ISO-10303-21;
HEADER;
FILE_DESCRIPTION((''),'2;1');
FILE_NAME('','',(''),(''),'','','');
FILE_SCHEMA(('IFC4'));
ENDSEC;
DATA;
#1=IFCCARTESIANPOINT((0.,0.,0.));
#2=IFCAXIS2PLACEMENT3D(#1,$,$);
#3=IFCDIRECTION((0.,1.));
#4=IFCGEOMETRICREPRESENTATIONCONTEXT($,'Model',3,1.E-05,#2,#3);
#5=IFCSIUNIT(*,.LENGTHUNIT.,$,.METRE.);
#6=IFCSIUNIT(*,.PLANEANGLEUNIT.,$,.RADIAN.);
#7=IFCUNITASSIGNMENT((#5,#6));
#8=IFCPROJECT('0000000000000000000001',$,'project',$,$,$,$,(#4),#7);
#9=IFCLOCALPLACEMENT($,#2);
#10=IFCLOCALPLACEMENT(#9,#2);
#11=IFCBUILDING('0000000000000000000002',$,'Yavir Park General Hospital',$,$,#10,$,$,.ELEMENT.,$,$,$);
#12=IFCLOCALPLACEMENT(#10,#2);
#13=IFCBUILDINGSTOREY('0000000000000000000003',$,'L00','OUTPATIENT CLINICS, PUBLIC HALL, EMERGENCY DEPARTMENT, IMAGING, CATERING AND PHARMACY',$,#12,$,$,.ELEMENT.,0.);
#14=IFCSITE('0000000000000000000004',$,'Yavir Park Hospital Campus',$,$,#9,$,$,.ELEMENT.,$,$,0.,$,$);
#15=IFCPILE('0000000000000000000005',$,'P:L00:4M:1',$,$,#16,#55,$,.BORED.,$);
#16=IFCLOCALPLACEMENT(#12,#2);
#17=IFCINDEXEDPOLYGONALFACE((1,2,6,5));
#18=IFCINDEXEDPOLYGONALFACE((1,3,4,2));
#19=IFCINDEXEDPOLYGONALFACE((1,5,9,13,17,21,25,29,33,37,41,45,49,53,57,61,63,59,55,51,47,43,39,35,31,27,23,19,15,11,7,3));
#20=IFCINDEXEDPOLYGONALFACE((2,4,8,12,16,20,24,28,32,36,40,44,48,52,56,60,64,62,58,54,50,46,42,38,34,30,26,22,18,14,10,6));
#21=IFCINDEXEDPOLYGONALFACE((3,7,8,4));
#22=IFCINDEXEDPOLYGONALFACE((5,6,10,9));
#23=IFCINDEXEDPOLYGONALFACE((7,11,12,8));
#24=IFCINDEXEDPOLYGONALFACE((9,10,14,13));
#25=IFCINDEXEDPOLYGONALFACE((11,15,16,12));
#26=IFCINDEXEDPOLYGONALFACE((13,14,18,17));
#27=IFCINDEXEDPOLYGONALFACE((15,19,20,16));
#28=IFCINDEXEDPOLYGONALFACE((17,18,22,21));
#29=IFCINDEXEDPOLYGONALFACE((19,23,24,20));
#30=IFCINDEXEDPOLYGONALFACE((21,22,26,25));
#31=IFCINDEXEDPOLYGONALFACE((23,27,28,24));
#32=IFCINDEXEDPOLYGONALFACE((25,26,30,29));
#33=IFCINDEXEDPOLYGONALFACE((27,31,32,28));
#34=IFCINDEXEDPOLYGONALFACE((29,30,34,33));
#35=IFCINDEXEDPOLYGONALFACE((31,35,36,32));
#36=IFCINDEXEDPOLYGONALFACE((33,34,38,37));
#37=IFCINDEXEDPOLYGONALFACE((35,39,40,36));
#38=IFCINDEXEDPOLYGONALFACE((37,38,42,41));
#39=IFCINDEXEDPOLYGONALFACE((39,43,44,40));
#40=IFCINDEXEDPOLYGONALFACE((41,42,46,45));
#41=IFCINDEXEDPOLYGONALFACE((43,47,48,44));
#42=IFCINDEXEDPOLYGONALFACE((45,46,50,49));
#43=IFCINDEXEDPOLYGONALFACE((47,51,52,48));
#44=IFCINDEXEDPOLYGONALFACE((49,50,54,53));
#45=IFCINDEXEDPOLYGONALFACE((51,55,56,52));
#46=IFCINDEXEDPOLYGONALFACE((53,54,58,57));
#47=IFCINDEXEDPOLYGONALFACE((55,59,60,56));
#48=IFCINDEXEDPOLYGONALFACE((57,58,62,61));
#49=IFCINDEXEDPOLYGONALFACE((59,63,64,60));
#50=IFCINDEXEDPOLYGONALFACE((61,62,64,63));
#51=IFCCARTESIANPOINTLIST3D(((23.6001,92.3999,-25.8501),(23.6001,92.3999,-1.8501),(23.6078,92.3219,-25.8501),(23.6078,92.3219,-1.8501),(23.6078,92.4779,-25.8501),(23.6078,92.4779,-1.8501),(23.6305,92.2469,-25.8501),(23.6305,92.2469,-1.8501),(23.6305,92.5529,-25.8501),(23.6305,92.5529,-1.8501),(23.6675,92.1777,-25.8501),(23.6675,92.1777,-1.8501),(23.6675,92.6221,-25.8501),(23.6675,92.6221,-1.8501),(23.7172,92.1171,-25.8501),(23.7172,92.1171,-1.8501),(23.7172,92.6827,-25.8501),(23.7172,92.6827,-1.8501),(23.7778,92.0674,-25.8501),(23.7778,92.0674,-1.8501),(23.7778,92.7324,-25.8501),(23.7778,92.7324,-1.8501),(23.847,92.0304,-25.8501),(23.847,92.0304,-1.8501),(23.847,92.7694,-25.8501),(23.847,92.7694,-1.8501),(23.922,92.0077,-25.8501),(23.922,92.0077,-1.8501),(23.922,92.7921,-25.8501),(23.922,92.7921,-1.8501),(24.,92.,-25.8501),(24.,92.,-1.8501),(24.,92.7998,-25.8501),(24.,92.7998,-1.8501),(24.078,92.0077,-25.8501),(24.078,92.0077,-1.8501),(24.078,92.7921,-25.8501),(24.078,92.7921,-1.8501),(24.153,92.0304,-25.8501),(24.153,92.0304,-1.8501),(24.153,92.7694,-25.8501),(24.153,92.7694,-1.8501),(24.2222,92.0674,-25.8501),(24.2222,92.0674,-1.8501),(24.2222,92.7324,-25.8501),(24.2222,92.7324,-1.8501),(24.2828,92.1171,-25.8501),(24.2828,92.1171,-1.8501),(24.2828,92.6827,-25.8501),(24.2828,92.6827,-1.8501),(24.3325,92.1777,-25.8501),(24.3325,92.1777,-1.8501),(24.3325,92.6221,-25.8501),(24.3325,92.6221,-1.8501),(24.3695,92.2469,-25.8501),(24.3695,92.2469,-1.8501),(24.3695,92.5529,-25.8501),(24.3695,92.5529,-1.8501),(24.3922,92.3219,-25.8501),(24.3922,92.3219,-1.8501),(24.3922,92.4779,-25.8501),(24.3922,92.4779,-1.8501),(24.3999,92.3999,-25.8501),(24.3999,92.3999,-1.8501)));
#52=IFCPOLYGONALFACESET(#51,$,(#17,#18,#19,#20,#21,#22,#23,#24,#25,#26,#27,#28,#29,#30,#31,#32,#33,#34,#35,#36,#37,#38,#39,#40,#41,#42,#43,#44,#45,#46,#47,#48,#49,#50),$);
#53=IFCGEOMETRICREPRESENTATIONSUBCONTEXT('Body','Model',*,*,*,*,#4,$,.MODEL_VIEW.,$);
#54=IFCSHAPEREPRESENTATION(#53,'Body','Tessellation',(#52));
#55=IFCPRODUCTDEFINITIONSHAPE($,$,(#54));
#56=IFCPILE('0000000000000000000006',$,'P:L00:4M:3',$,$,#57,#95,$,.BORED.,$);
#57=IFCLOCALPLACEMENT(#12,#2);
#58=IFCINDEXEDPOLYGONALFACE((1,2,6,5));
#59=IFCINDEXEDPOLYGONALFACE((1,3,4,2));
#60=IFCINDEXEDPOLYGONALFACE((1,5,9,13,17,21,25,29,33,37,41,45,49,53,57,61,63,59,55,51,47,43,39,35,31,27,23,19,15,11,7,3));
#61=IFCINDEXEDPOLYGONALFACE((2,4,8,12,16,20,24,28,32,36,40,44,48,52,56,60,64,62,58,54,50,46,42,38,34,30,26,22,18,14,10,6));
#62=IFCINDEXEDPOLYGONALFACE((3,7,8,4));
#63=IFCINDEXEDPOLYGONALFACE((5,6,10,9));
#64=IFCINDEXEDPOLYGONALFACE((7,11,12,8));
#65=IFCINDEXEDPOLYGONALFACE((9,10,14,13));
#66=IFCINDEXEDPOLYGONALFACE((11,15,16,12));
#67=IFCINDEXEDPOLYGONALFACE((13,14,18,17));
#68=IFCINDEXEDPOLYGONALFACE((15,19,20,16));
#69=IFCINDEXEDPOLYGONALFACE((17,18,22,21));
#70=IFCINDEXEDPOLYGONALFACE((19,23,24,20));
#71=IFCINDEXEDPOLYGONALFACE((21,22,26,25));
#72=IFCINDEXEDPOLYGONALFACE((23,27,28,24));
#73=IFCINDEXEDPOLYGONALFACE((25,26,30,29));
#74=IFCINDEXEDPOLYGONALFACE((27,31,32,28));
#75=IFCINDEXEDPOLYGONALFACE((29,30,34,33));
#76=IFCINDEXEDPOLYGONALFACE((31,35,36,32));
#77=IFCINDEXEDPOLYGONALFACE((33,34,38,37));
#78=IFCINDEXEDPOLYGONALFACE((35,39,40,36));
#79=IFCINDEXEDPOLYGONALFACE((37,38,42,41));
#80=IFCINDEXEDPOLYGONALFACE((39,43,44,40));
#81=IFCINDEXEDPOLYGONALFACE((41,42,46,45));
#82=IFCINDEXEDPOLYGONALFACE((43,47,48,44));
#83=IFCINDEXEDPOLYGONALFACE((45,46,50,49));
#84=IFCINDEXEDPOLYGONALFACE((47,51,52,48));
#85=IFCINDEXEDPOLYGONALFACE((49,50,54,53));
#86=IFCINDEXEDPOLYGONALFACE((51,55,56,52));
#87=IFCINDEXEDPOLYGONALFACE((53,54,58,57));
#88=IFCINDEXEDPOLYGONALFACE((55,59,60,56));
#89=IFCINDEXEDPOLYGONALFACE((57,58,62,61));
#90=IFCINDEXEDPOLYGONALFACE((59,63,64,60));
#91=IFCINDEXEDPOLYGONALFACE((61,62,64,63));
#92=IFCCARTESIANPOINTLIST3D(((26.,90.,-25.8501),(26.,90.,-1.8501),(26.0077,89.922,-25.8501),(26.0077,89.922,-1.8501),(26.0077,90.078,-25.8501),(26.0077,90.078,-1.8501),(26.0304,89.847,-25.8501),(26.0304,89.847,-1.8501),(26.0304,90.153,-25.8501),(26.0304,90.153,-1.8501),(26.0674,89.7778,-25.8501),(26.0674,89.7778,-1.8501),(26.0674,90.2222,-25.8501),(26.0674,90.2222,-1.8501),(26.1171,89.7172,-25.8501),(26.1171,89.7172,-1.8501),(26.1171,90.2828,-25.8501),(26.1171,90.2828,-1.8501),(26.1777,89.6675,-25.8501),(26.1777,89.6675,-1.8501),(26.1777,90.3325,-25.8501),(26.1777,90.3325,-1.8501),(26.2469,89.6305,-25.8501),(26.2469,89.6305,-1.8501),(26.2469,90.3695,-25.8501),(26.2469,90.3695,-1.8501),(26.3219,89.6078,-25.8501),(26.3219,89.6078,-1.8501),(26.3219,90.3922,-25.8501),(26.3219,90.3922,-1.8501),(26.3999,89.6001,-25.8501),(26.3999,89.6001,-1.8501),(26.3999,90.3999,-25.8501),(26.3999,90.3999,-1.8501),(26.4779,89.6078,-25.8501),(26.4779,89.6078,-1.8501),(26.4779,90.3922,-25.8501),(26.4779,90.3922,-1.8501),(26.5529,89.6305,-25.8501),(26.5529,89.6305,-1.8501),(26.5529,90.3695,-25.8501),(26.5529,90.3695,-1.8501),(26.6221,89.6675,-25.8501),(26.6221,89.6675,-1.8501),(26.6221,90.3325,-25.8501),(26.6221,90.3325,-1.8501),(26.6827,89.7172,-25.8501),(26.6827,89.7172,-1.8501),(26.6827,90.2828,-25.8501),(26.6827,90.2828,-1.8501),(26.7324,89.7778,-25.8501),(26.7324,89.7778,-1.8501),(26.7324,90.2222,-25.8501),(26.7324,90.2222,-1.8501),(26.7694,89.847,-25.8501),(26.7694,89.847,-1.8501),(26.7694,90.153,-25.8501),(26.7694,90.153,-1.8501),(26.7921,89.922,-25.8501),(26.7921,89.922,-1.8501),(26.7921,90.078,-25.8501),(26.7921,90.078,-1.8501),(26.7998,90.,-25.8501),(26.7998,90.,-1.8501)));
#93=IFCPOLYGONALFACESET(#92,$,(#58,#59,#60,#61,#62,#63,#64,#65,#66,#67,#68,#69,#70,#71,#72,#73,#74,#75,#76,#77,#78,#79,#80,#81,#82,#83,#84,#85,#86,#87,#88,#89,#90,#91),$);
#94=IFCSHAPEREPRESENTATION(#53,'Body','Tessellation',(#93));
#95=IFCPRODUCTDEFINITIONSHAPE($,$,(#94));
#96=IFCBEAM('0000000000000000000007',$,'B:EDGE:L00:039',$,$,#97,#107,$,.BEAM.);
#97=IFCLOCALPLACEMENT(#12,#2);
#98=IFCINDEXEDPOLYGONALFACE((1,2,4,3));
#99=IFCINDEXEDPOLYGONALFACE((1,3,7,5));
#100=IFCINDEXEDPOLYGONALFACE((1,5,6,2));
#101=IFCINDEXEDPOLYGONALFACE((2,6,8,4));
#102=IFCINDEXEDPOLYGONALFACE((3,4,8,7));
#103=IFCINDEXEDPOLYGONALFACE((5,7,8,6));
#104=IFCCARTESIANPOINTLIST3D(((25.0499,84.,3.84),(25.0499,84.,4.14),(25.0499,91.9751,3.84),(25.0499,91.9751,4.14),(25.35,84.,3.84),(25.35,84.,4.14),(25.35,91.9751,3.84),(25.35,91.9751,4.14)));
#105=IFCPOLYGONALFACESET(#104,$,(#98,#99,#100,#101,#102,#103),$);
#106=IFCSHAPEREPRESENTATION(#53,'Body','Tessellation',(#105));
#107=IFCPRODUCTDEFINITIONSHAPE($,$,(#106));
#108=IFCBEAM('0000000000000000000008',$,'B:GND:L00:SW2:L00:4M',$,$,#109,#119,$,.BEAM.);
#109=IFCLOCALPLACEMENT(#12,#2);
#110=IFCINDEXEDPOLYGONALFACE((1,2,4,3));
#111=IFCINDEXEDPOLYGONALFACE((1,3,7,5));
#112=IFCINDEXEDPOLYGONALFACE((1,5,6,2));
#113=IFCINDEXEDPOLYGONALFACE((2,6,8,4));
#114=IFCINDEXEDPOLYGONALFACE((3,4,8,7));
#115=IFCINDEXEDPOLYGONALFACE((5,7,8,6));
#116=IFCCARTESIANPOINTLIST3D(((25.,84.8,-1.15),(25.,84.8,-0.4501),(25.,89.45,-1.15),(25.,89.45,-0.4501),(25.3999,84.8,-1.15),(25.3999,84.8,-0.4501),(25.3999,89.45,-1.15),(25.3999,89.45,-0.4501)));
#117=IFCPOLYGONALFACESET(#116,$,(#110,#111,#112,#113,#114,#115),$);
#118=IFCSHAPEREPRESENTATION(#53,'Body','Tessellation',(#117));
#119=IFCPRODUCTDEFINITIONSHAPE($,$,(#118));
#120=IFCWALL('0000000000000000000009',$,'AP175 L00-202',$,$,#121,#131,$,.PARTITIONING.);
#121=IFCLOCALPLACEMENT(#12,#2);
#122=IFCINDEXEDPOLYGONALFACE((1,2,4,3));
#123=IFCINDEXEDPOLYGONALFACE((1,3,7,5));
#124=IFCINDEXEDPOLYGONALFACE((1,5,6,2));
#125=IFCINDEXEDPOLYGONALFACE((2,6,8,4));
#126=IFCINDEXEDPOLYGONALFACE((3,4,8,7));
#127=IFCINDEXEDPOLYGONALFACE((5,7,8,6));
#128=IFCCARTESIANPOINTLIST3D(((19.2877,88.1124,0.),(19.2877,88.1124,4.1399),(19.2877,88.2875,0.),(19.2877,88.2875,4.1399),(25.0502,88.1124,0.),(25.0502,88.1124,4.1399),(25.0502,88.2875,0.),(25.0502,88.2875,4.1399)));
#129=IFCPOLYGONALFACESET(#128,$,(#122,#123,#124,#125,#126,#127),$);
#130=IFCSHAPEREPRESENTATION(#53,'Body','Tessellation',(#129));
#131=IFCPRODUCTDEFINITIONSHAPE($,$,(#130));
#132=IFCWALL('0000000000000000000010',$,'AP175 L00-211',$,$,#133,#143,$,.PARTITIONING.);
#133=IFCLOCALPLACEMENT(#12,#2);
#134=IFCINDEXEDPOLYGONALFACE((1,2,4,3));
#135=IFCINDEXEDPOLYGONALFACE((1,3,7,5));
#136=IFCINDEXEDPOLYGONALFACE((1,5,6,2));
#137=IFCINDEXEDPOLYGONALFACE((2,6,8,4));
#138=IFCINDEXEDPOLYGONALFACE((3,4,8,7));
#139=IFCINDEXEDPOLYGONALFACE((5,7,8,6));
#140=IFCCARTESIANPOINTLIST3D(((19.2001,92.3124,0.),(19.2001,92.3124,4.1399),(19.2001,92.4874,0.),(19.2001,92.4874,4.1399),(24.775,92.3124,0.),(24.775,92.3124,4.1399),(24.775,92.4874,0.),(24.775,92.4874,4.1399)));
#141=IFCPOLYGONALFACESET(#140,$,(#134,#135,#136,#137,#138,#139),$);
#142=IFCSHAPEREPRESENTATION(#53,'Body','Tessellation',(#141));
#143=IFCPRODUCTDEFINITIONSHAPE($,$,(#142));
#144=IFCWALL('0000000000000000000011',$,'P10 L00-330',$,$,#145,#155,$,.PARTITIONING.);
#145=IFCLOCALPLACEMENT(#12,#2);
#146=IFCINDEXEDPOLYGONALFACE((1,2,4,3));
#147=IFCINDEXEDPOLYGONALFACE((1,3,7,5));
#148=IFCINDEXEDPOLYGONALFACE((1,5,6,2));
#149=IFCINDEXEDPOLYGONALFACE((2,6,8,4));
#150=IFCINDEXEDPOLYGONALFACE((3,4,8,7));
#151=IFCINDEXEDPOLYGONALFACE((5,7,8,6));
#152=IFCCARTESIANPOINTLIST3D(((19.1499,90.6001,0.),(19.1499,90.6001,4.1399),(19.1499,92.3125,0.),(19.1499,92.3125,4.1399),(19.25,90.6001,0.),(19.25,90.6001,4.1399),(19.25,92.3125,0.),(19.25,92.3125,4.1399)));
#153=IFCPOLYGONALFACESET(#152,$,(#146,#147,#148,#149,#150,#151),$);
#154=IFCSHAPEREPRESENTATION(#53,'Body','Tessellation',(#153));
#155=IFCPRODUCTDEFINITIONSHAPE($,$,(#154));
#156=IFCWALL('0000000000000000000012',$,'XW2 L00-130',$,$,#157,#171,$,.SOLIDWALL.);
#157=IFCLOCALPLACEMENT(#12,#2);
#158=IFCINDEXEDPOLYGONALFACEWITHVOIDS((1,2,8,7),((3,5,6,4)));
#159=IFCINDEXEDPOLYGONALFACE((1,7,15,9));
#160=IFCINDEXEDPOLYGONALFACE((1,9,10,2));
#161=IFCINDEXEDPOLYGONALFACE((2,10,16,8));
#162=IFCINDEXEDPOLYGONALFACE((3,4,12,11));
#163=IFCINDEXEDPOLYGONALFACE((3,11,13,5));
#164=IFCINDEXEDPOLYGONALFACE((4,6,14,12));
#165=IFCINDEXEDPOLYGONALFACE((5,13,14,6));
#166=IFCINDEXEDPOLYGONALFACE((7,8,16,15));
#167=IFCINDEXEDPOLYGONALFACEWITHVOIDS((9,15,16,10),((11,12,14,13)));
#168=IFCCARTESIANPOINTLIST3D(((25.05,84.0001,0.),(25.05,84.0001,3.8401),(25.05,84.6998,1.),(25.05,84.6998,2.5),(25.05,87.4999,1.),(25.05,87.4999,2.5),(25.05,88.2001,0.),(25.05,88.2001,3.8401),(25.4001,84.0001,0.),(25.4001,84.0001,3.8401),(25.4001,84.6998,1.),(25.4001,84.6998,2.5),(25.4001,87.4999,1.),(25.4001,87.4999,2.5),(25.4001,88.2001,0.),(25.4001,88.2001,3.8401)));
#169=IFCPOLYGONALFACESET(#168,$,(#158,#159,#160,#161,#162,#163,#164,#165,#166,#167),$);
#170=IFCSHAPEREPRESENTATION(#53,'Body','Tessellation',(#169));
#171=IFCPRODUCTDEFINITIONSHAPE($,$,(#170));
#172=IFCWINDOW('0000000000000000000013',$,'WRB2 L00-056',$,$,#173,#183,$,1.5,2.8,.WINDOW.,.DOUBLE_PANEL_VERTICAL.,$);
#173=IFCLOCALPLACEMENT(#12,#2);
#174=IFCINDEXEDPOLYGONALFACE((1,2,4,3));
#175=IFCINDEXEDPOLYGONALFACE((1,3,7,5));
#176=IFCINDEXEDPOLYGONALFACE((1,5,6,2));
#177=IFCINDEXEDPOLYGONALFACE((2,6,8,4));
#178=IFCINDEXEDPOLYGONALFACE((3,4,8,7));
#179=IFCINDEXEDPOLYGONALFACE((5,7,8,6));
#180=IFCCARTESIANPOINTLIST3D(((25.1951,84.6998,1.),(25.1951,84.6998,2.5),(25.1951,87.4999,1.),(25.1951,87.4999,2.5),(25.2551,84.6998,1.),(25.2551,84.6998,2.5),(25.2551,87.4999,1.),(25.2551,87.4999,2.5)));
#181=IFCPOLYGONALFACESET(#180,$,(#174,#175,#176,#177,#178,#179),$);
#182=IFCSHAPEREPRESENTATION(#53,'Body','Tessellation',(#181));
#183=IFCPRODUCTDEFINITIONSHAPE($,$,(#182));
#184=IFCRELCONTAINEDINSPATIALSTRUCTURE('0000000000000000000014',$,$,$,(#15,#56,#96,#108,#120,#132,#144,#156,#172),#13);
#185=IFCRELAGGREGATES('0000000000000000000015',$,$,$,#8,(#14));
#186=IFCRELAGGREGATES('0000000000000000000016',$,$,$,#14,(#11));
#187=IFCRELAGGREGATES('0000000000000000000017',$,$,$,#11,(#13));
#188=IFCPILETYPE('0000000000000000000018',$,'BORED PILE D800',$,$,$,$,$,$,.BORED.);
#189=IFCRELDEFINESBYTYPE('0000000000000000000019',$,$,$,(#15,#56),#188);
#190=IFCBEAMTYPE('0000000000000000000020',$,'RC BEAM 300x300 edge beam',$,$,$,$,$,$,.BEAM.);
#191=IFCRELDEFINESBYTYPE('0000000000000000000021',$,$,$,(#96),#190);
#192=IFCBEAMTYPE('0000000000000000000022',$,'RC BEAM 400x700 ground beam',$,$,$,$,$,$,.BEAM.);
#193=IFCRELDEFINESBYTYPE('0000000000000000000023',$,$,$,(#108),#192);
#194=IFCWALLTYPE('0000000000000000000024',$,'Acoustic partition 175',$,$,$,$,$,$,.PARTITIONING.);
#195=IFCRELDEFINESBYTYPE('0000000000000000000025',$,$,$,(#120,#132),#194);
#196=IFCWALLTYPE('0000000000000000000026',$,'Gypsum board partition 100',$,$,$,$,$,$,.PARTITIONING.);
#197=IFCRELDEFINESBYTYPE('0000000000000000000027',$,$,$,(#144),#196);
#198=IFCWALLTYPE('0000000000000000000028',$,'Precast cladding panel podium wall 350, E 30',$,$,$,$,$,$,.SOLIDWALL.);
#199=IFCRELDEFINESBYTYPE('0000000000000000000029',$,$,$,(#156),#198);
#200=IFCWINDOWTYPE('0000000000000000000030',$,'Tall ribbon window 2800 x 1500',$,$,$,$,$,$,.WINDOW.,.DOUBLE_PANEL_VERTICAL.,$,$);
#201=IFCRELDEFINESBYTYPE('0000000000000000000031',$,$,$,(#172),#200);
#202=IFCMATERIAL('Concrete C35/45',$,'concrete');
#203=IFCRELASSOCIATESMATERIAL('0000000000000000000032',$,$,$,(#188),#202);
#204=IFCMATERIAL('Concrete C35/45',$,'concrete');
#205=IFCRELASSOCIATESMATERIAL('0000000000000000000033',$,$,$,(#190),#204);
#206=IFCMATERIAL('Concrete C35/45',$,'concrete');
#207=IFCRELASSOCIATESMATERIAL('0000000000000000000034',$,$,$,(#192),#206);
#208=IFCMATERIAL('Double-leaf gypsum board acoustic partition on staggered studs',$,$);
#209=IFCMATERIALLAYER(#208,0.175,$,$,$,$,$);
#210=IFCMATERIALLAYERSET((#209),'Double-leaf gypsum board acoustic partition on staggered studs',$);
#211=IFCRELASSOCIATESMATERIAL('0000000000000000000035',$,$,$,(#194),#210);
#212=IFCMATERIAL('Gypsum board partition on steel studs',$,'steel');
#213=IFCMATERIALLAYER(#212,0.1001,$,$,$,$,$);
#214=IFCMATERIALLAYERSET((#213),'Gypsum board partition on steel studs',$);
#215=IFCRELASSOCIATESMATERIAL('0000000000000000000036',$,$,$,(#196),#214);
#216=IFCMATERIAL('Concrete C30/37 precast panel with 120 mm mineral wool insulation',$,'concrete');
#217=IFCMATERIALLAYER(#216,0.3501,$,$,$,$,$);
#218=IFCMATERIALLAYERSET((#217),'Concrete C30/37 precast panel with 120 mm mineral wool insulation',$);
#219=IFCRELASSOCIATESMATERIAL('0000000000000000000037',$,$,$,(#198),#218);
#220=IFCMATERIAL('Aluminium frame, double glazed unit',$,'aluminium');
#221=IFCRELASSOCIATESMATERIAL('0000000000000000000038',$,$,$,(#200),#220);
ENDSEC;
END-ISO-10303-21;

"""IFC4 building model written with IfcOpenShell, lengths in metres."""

from ifc_helpers import new_model, si_unit, direction, frame, frame_2d, origin, origin_2d, place, context, subcontext, project, spatial, rectangle, circle, extrude, material, layer, layer_set, material_profile, profile_set, type_object, element, fill, save


model = new_model("IFC4")

# Units and contexts
model_context = context("Model", 3, precision=1e-05, world=origin(), true_north=direction((0.0, 1.0)))
body_context = subcontext(model_context, "Body", "Model", "MODEL_VIEW")
ifc_project = project(units=[si_unit("LENGTHUNIT", "METRE"), si_unit("PLANEANGLEUNIT", "RADIAN")], contexts=[model_context])

# Site, building, storey
site_placement = place(None, origin())
site = spatial("IfcSite", under=ifc_project, at=site_placement, Name="Yavir Park Hospital Campus", CompositionType="ELEMENT", RefElevation=0.0)
building_placement = place(site_placement, origin())
building = spatial("IfcBuilding", under=site, at=building_placement, Name="Yavir Park General Hospital", CompositionType="ELEMENT")
storey_placement = place(building_placement, origin())
storey = spatial("IfcBuildingStorey", under=building, at=storey_placement, Name="L00", Description="OUTPATIENT CLINICS, PUBLIC HALL, EMERGENCY DEPARTMENT, IMAGING, CATERING AND PHARMACY", CompositionType="ELEMENT", Elevation=0.0)

# Piles
ifc_material_1 = material(Name="Concrete C35/45", Category="concrete")
ifc_material_profile_1 = material_profile(ifc_material_1, circle(Radius=0.3999, at=origin_2d()), Name="D800")
ifc_profile_set_1 = profile_set([ifc_material_profile_1], Name="Concrete C35/45")
pile_type_1 = type_object("IfcPileType", Name="BORED PILE D800", PredefinedType="BORED", material=ifc_profile_set_1)
for number, where, z_axis, x_axis, name in (
    (1, (24.0, 92.3999, -1.8501), (0.0, 0.0, -1.0), (1.0, 0.0, 0.0), "P:L00:4M:1"),
    (2, (26.3999, 90.0, -1.8501), (0.0, 0.0, -1.0), (1.0, 0.0, 0.0), "P:L00:4M:3"),
):
    element("IfcPile", number, at=place(storey_placement, frame(where, z_axis=z_axis, x_axis=x_axis)), inside=storey, type_object=pile_type_1, Name=name, PredefinedType="BORED", context=body_context, shape_type="SweptSolid", body=[
        extrude(circle(Radius=0.3999, at=origin_2d()), origin(), (0.0, 0.0, 1.0), 24.0),
    ])

# Beams
ifc_material_2 = material(Name="Concrete C35/45", Category="concrete")
ifc_material_profile_2 = material_profile(ifc_material_2, rectangle(XDim=0.3, YDim=0.3, at=origin_2d()), Name="RC300x300")
ifc_profile_set_2 = profile_set([ifc_material_profile_2], Name="Concrete C35/45")
beam_type_1 = type_object("IfcBeamType", Name="RC BEAM 300x300 edge beam", PredefinedType="BEAM", material=ifc_profile_set_2)
beam_1_placement = place(storey_placement, frame((25.2, 84.0, 3.99), z_axis=(0.0, 1.0, 0.0), x_axis=(-1.0, 0.0, 0.0)))
element("IfcBeam", 3, at=beam_1_placement, inside=storey, type_object=beam_type_1, Name="B:EDGE:L00:039", PredefinedType="BEAM", context=body_context, shape_type="SweptSolid", body=[
    extrude(rectangle(XDim=0.3, YDim=0.3, at=origin_2d()), origin(), (0.0, 0.0, 1.0), 7.9751),
])
ifc_material_3 = material(Name="Concrete C35/45", Category="concrete")
ifc_material_profile_3 = material_profile(ifc_material_3, rectangle(XDim=0.3999, YDim=0.7, at=origin_2d()), Name="RC400x700")
ifc_profile_set_3 = profile_set([ifc_material_profile_3], Name="Concrete C35/45")
beam_type_2 = type_object("IfcBeamType", Name="RC BEAM 400x700 ground beam", PredefinedType="BEAM", material=ifc_profile_set_3)
beam_2_placement = place(storey_placement, frame((25.2, 84.8, -0.8), z_axis=(0.0, 1.0, 0.0), x_axis=(-1.0, 0.0, 0.0)))
element("IfcBeam", 4, at=beam_2_placement, inside=storey, type_object=beam_type_2, Name="B:GND:L00:SW2:L00:4M", PredefinedType="BEAM", context=body_context, shape_type="SweptSolid", body=[
    extrude(rectangle(XDim=0.3999, YDim=0.7, at=origin_2d()), origin(), (0.0, 0.0, 1.0), 4.6499),
])

# Walls
ifc_material_4 = material(Name="Double-leaf gypsum board acoustic partition on staggered studs")
ifc_layer_1 = layer(ifc_material_4, 0.175)
ifc_layer_set_1 = layer_set([ifc_layer_1], Name="Double-leaf gypsum board acoustic partition on staggered studs")
wall_type_1 = type_object("IfcWallType", Name="Acoustic partition 175", PredefinedType="PARTITIONING", material=ifc_layer_set_1)
wall_1_placement = place(storey_placement, frame((19.2876, 88.2, 0.0), z_axis=(0.0, 0.0, 1.0), x_axis=(1.0, 0.0, 0.0)))
element("IfcWall", 5, at=wall_1_placement, inside=storey, type_object=wall_type_1, Name="AP175 L00-202", PredefinedType="PARTITIONING", context=body_context, shape_type="SweptSolid", body=[
    extrude(rectangle(XDim=5.7625, YDim=0.175, at=frame_2d((2.8813, 0.0))), origin(), (0.0, 0.0, 1.0), 4.1399),
])
wall_2_placement = place(storey_placement, frame((19.2, 92.3999, 0.0), z_axis=(0.0, 0.0, 1.0), x_axis=(1.0, 0.0, 0.0)))
element("IfcWall", 6, at=wall_2_placement, inside=storey, type_object=wall_type_1, Name="AP175 L00-211", PredefinedType="PARTITIONING", context=body_context, shape_type="SweptSolid", body=[
    extrude(rectangle(XDim=5.575, YDim=0.175, at=frame_2d((2.7876, 0.0))), origin(), (0.0, 0.0, 1.0), 4.1399),
])
ifc_material_5 = material(Name="Gypsum board partition on steel studs", Category="steel")
ifc_layer_2 = layer(ifc_material_5, 0.1001)
ifc_layer_set_2 = layer_set([ifc_layer_2], Name="Gypsum board partition on steel studs")
wall_type_2 = type_object("IfcWallType", Name="Gypsum board partition 100", PredefinedType="PARTITIONING", material=ifc_layer_set_2)
wall_3_placement = place(storey_placement, frame((19.2, 90.6001, 0.0), z_axis=(0.0, 0.0, 1.0), x_axis=(0.0, 1.0, 0.0)))
element("IfcWall", 7, at=wall_3_placement, inside=storey, type_object=wall_type_2, Name="P10 L00-330", PredefinedType="PARTITIONING", context=body_context, shape_type="SweptSolid", body=[
    extrude(rectangle(XDim=1.7124, YDim=0.1001, at=frame_2d((0.8562, 0.0))), origin(), (0.0, 0.0, 1.0), 4.1399),
])

# Wall, opening, window
ifc_material_6 = material(Name="Concrete C30/37 precast panel with 120 mm mineral wool insulation", Category="concrete")
ifc_layer_3 = layer(ifc_material_6, 0.3501)
ifc_layer_set_3 = layer_set([ifc_layer_3], Name="Concrete C30/37 precast panel with 120 mm mineral wool insulation")
wall_type_3 = type_object("IfcWallType", Name="Precast cladding panel podium wall 350, E 30", PredefinedType="SOLIDWALL", material=ifc_layer_set_3)
wall_4_placement = place(storey_placement, frame((25.2251, 84.0, 0.0), z_axis=(0.0, 0.0, 1.0), x_axis=(0.0, 1.0, 0.0)))
wall_4 = element("IfcWall", 8, at=wall_4_placement, inside=storey, type_object=wall_type_3, Name="XW2 L00-130", PredefinedType="SOLIDWALL", context=body_context, shape_type="SweptSolid", body=[
    extrude(rectangle(XDim=4.2, YDim=0.3501, at=frame_2d((2.1001, 0.0))), origin(), (0.0, 0.0, 1.0), 3.8401),
])
opening_1_placement = place(wall_4_placement, frame((0.7, 0.0, 1.0)))
opening_1 = element("IfcOpeningElement", 9, at=opening_1_placement, cuts=wall_4, PredefinedType="OPENING", context=body_context, shape_type="SweptSolid", body=[
    extrude(rectangle(XDim=2.8, YDim=1.5, at=frame_2d((1.3999, 0.75))), frame((0.0, 0.1851, 0.0), z_axis=(0.0, -1.0, 0.0), x_axis=(1.0, 0.0, 0.0)), (0.0, 0.0, 1.0), 0.3701),
])
ifc_material_7 = material(Name="Aluminium frame, double glazed unit", Category="aluminium")
window_type = type_object("IfcWindowType", Name="Tall ribbon window 2800 x 1500", PartitioningType="DOUBLE_PANEL_VERTICAL", PredefinedType="WINDOW", material=ifc_material_7)
window_1_placement = place(opening_1_placement, origin())
window_1 = element("IfcWindow", 10, at=window_1_placement, inside=storey, type_object=window_type, Name="WRB2 L00-056", OverallHeight=1.5, OverallWidth=2.8, PartitioningType="DOUBLE_PANEL_VERTICAL", PredefinedType="WINDOW", context=body_context, shape_type="SweptSolid", body=[
    extrude(rectangle(XDim=2.8, YDim=1.5, at=frame_2d((1.3999, 0.75))), frame((0.0, 0.03, 0.0), z_axis=(0.0, -1.0, 0.0), x_axis=(1.0, 0.0, 0.0)), (0.0, 0.0, 1.0), 0.0601),
])
fill(opening_1, window_1)

save(model, "model.ifc")
